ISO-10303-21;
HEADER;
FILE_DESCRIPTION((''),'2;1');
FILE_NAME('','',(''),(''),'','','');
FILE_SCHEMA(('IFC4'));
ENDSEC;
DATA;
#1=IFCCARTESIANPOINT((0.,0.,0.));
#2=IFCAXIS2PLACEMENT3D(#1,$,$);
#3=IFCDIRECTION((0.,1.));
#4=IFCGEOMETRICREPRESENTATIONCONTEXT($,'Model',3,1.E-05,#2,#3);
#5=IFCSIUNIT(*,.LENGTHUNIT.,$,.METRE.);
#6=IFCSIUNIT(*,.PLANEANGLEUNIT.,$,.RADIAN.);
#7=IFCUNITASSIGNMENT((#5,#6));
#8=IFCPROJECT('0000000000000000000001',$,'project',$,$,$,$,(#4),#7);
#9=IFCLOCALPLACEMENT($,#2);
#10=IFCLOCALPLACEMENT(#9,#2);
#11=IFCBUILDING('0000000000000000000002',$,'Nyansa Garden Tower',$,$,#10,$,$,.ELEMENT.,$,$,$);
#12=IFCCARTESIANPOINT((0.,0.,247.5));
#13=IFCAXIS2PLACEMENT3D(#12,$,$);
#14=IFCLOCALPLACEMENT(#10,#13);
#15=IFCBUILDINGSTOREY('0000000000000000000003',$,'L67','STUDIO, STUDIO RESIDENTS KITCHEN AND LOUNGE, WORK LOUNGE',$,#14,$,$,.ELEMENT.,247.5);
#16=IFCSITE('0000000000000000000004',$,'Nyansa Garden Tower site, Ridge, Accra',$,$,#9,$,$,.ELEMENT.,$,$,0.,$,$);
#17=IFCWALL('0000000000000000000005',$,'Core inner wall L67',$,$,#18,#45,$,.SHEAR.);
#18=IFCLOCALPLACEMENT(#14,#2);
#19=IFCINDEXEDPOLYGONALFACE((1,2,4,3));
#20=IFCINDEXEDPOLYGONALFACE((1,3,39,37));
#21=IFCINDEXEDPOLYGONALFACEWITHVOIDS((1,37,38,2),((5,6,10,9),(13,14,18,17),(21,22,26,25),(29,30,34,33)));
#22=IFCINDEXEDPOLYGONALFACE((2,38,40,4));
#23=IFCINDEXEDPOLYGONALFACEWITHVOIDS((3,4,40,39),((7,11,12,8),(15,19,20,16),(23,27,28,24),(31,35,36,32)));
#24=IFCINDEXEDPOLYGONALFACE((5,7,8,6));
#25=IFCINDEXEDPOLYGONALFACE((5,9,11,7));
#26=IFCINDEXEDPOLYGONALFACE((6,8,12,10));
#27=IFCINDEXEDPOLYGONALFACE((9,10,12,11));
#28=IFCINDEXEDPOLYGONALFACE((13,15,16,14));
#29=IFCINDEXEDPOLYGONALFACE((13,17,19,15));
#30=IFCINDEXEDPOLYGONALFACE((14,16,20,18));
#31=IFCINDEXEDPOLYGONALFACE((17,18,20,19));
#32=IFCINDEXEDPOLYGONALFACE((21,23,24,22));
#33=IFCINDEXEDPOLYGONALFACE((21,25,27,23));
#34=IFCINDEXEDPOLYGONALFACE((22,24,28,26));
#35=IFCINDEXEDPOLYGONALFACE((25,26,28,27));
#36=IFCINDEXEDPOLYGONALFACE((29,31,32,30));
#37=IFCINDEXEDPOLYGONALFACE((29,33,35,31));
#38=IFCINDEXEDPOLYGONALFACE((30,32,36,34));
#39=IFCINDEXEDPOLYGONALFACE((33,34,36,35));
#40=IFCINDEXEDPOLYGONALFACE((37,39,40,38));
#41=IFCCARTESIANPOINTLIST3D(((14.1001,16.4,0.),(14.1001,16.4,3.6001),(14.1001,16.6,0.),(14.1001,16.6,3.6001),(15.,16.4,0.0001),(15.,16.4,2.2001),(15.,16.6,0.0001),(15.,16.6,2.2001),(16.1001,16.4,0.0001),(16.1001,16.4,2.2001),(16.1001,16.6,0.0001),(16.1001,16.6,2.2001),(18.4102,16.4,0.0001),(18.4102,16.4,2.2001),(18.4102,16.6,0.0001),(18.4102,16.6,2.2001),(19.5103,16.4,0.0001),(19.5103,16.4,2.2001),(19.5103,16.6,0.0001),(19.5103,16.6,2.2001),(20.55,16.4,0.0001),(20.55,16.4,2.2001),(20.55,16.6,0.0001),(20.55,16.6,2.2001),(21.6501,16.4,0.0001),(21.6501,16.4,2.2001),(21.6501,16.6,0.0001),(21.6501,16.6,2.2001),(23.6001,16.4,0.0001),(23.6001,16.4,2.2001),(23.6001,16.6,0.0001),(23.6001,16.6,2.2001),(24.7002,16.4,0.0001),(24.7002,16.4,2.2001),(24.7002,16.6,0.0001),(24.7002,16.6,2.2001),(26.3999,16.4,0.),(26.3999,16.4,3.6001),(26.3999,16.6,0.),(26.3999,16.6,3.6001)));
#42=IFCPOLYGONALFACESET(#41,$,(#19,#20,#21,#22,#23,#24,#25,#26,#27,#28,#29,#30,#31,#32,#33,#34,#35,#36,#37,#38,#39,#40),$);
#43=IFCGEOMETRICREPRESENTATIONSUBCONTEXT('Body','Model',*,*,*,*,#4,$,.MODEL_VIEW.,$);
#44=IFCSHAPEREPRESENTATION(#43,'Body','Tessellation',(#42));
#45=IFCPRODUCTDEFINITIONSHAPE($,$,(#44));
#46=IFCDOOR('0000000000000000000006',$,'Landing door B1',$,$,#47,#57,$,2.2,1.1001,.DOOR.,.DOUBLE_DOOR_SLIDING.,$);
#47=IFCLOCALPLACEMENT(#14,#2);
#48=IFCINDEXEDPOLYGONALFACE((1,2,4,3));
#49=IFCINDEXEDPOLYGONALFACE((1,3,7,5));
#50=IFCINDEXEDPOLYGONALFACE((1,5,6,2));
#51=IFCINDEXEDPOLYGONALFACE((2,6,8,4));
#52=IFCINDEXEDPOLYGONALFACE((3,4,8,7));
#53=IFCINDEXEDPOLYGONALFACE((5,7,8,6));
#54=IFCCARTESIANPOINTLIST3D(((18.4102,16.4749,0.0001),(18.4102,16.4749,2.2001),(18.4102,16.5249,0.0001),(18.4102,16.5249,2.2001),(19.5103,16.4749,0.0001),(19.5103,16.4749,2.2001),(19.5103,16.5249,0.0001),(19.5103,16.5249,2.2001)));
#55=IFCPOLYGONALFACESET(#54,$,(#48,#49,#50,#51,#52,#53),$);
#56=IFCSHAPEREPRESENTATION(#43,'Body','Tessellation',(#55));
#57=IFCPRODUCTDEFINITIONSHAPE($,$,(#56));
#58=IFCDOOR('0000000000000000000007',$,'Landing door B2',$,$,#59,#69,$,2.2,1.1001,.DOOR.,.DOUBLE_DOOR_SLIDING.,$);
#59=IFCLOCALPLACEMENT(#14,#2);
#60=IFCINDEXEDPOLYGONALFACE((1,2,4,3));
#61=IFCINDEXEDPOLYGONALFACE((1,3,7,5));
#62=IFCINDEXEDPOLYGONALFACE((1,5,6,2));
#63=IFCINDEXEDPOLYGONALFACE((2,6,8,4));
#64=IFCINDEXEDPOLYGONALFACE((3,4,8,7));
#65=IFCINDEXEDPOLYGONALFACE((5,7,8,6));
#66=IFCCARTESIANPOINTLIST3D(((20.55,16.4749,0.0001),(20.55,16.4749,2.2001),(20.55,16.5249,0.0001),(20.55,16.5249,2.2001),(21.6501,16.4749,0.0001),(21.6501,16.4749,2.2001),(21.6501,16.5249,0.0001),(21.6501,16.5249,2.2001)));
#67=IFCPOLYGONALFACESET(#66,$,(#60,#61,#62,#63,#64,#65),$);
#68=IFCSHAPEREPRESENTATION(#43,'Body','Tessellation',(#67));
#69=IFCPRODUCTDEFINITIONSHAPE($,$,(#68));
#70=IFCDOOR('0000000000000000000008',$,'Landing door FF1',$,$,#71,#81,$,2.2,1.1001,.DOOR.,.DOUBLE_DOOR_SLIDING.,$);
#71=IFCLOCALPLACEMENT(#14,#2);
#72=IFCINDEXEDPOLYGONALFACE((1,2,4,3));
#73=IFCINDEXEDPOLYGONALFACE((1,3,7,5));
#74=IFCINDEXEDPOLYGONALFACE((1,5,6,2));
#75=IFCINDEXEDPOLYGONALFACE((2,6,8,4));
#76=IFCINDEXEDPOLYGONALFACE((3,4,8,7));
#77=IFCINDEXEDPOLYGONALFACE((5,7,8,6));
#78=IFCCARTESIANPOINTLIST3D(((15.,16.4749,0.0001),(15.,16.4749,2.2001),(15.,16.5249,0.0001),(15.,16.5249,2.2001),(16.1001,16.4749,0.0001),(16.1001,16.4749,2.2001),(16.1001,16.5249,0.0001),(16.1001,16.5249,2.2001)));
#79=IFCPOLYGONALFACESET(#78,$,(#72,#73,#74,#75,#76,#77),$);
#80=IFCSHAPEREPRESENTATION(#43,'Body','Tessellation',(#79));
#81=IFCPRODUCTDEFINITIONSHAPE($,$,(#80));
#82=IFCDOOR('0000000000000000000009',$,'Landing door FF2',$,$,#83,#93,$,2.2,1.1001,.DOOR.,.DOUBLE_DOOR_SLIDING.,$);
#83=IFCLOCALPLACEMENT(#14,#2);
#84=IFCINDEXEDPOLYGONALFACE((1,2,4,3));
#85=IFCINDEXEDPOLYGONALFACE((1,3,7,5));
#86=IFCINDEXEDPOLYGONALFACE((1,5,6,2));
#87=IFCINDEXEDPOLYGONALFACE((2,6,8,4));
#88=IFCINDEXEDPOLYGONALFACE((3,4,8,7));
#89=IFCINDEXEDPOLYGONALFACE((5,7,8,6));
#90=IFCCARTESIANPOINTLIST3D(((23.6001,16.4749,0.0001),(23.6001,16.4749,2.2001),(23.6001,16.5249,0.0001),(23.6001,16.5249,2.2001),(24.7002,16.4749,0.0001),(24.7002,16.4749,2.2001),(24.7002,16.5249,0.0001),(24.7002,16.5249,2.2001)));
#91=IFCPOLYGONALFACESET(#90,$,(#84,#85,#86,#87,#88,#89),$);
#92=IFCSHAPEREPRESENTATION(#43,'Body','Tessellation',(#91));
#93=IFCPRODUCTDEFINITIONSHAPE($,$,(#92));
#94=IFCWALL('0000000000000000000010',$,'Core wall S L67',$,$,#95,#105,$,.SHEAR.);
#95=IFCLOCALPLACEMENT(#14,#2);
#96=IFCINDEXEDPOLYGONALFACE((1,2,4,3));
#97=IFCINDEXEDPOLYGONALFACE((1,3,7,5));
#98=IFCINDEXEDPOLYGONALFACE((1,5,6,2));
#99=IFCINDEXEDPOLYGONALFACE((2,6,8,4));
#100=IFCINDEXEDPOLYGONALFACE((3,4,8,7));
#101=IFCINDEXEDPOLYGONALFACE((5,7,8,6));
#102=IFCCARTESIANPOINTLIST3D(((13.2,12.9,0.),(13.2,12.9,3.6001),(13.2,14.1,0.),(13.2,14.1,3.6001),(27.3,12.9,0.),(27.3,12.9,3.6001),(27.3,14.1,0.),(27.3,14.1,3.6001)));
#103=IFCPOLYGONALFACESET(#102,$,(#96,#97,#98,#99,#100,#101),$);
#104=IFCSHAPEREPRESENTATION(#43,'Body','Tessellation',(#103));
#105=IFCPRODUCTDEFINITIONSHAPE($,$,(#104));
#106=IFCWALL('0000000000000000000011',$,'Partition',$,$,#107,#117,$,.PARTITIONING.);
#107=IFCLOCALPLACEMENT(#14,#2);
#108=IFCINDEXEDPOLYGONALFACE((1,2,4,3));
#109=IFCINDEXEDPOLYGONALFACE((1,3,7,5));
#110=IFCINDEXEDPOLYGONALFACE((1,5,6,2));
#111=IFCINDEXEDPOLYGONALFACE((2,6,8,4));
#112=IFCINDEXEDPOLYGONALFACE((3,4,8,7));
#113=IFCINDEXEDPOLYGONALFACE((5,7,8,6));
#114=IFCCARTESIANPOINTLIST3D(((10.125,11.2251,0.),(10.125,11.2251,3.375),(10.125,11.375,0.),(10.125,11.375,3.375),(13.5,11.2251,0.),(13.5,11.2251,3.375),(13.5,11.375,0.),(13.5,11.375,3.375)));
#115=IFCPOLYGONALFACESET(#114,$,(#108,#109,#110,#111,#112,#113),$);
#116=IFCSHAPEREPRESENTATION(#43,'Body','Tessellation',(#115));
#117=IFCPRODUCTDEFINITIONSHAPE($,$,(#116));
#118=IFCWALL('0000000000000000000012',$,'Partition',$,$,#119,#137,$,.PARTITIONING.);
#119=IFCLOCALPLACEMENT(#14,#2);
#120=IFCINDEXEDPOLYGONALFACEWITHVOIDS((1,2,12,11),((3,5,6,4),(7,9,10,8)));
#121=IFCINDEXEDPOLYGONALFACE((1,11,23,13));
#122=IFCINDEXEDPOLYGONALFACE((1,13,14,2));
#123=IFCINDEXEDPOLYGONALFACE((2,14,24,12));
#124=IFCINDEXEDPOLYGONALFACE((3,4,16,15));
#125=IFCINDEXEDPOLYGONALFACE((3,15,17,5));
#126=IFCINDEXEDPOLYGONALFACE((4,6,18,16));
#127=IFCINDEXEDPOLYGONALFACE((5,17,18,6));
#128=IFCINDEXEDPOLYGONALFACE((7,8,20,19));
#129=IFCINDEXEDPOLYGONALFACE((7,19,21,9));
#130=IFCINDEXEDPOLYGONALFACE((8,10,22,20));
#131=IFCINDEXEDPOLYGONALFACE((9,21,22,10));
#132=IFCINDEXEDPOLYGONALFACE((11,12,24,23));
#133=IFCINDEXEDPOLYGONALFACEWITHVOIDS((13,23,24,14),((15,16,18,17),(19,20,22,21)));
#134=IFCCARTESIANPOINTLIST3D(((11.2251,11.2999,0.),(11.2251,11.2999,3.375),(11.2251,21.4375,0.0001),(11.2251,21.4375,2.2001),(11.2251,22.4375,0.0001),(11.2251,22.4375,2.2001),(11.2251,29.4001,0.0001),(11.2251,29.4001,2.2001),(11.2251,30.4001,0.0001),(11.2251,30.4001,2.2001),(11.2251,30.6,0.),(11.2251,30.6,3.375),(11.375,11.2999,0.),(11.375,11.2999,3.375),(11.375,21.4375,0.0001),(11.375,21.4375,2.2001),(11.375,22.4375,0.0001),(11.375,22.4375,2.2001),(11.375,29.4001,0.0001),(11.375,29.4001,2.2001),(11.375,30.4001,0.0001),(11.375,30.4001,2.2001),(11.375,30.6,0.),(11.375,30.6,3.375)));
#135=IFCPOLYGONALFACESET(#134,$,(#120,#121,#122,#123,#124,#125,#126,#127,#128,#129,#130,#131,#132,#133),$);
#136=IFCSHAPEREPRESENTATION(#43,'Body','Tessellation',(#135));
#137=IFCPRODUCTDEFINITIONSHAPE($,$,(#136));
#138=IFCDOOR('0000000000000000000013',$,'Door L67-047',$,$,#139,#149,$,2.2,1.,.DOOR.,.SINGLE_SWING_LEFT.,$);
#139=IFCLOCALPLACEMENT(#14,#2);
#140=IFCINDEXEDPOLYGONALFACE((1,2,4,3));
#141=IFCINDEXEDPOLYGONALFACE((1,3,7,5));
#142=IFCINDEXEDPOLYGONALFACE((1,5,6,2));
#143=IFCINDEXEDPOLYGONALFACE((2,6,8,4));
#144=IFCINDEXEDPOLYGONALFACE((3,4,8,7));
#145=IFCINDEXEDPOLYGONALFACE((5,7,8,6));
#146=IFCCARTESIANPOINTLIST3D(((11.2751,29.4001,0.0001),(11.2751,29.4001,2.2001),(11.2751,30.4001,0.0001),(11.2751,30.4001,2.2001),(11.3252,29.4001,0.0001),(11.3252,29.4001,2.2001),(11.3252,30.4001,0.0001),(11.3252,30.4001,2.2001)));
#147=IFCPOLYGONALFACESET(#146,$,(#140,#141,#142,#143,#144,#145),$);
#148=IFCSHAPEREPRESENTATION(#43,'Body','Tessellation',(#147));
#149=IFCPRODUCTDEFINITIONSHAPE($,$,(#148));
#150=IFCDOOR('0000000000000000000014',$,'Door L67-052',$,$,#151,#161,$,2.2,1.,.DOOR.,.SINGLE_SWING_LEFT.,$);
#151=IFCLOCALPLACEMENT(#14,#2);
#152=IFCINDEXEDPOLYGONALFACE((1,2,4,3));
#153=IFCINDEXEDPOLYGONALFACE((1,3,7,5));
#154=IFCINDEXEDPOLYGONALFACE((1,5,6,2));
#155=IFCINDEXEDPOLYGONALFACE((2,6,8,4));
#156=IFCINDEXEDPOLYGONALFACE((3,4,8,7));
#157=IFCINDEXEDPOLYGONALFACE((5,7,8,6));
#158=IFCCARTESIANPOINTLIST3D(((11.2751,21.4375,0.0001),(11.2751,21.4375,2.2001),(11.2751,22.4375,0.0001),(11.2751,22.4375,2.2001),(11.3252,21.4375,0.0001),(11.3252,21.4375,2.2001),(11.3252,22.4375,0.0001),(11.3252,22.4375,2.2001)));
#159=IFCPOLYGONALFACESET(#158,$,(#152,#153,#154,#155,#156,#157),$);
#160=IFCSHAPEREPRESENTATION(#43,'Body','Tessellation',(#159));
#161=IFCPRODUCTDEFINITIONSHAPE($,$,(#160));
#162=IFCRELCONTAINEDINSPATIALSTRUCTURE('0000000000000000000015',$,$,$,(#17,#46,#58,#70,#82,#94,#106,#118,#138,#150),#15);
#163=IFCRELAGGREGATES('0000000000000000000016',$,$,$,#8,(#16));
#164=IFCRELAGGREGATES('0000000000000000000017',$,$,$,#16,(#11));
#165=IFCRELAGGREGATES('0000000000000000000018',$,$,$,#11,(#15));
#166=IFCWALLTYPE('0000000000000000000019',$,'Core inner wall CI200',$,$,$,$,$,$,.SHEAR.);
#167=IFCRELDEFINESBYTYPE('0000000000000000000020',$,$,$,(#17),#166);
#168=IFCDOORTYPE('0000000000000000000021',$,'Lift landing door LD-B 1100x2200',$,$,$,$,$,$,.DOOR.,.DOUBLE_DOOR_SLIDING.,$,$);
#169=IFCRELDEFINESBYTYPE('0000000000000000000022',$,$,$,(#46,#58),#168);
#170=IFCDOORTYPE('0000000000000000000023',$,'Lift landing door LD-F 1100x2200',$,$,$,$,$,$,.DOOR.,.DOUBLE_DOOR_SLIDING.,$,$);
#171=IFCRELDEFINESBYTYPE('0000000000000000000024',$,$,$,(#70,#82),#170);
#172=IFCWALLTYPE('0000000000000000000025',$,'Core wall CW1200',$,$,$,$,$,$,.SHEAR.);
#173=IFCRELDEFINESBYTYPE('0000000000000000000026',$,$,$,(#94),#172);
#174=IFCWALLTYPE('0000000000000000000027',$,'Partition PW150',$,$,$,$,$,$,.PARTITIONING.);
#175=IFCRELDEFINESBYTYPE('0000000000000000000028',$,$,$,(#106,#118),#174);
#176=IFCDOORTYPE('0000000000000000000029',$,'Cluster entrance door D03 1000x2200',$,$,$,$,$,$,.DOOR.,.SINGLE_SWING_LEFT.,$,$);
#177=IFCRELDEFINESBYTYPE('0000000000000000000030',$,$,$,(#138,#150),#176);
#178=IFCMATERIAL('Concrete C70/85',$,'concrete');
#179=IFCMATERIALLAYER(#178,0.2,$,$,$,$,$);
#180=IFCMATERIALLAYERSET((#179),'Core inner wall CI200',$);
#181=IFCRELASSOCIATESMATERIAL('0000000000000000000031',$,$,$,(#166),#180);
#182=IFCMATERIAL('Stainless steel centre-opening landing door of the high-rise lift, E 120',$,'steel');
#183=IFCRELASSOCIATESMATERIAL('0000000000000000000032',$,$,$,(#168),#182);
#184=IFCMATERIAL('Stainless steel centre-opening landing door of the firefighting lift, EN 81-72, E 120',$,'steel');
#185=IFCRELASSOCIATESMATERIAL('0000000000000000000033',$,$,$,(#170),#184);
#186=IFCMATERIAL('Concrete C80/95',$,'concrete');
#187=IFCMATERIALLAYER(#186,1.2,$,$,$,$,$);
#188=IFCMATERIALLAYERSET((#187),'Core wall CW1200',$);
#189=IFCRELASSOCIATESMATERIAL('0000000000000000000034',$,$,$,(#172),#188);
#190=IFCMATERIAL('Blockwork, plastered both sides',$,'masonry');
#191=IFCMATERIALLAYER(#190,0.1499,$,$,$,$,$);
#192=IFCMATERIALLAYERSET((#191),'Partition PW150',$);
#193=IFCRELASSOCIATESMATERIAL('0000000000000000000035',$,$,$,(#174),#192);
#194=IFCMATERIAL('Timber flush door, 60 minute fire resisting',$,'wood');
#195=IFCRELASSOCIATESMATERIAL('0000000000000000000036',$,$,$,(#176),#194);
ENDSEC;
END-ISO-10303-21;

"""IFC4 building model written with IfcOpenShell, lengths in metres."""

from ifc_helpers import new_model, si_unit, direction, frame, frame_2d, origin, place, context, subcontext, project, spatial, rectangle, extrude, material, layer, layer_set, type_object, element, fill, save


model = new_model("IFC4")

# Units and contexts
model_context = context("Model", 3, precision=1e-05, world=origin(), true_north=direction((0.0, 1.0)))
body_context = subcontext(model_context, "Body", "Model", "MODEL_VIEW")
ifc_project = project(units=[si_unit("LENGTHUNIT", "METRE"), si_unit("PLANEANGLEUNIT", "RADIAN")], contexts=[model_context])

# Site, building, storey
site_placement = place(None, origin())
site = spatial("IfcSite", under=ifc_project, at=site_placement, Name="Nyansa Garden Tower site, Ridge, Accra", CompositionType="ELEMENT", RefElevation=0.0)
building_placement = place(site_placement, origin())
building = spatial("IfcBuilding", under=site, at=building_placement, Name="Nyansa Garden Tower", CompositionType="ELEMENT")
storey_placement = place(building_placement, frame((0.0, 0.0, 247.5)))
storey = spatial("IfcBuildingStorey", under=building, at=storey_placement, Name="L67", Description="STUDIO, STUDIO RESIDENTS KITCHEN AND LOUNGE, WORK LOUNGE", CompositionType="ELEMENT", Elevation=247.5)

# Wall, openings, doors
ifc_material_1 = material(Name="Concrete C70/85", Category="concrete")
ifc_layer_1 = layer(ifc_material_1, 0.2)
ifc_layer_set_1 = layer_set([ifc_layer_1], Name="Core inner wall CI200")
wall_type_1 = type_object("IfcWallType", Name="Core inner wall CI200", PredefinedType="SHEAR", material=ifc_layer_set_1)
wall_1_placement = place(storey_placement, frame((14.1001, 16.5, 0.0), z_axis=(0.0, 0.0, 1.0), x_axis=(1.0, 0.0, 0.0)))
wall_1 = element("IfcWall", 1, at=wall_1_placement, inside=storey, type_object=wall_type_1, Name="Core inner wall L67", PredefinedType="SHEAR", context=body_context, shape_type="SweptSolid", body=[
    extrude(rectangle(XDim=12.2998, YDim=0.2, at=frame_2d((6.1499, 0.0))), origin(), (0.0, 0.0, 1.0), 3.6001),
])
opening_1_placement = place(wall_1_placement, frame((0.8999, 0.0, 0.0)))
opening_1 = element("IfcOpeningElement", 2, at=opening_1_placement, cuts=wall_1, PredefinedType="OPENING", context=body_context, shape_type="SweptSolid", body=[
    extrude(rectangle(XDim=1.1001, YDim=2.2, at=frame_2d((0.55, 1.1001))), frame((0.0, 0.1099, 0.0), z_axis=(0.0, -1.0, 0.0), x_axis=(1.0, 0.0, 0.0)), (0.0, 0.0, 1.0), 0.22),
])
opening_2_placement = place(wall_1_placement, frame((4.3101, 0.0, 0.0)))
opening_2 = element("IfcOpeningElement", 3, at=opening_2_placement, cuts=wall_1, PredefinedType="OPENING", context=body_context, shape_type="SweptSolid", body=[
    extrude(rectangle(XDim=1.1001, YDim=2.2, at=frame_2d((0.55, 1.1001))), frame((0.0, 0.1099, 0.0), z_axis=(0.0, -1.0, 0.0), x_axis=(1.0, 0.0, 0.0)), (0.0, 0.0, 1.0), 0.22),
])
opening_3_placement = place(wall_1_placement, frame((6.45, 0.0, 0.0)))
opening_3 = element("IfcOpeningElement", 4, at=opening_3_placement, cuts=wall_1, PredefinedType="OPENING", context=body_context, shape_type="SweptSolid", body=[
    extrude(rectangle(XDim=1.1001, YDim=2.2, at=frame_2d((0.55, 1.1001))), frame((0.0, 0.1099, 0.0), z_axis=(0.0, -1.0, 0.0), x_axis=(1.0, 0.0, 0.0)), (0.0, 0.0, 1.0), 0.22),
])
opening_4_placement = place(wall_1_placement, frame((9.5, 0.0, 0.0)))
opening_4 = element("IfcOpeningElement", 5, at=opening_4_placement, cuts=wall_1, PredefinedType="OPENING", context=body_context, shape_type="SweptSolid", body=[
    extrude(rectangle(XDim=1.1001, YDim=2.2, at=frame_2d((0.55, 1.1001))), frame((0.0, 0.1099, 0.0), z_axis=(0.0, -1.0, 0.0), x_axis=(1.0, 0.0, 0.0)), (0.0, 0.0, 1.0), 0.22),
])
ifc_material_2 = material(Name="Stainless steel centre-opening landing door of the high-rise lift, E 120", Category="steel")
door_type_1 = type_object("IfcDoorType", Name="Lift landing door LD-B 1100x2200", OperationType="DOUBLE_DOOR_SLIDING", PredefinedType="DOOR", material=ifc_material_2)
door_1_placement = place(opening_2_placement, origin())
door_1 = element("IfcDoor", 6, at=door_1_placement, inside=storey, type_object=door_type_1, Name="Landing door B1", OperationType="DOUBLE_DOOR_SLIDING", OverallHeight=2.2, OverallWidth=1.1001, PredefinedType="DOOR", context=body_context, shape_type="SweptSolid", body=[
    extrude(rectangle(XDim=1.1001, YDim=2.2, at=frame_2d((0.55, 1.1001))), frame((0.0, 0.0249, 0.0), z_axis=(0.0, -1.0, 0.0), x_axis=(1.0, 0.0, 0.0)), (0.0, 0.0, 1.0), 0.05),
])
fill(opening_2, door_1)
door_2_placement = place(opening_3_placement, origin())
door_2 = element("IfcDoor", 7, at=door_2_placement, inside=storey, type_object=door_type_1, Name="Landing door B2", OperationType="DOUBLE_DOOR_SLIDING", OverallHeight=2.2, OverallWidth=1.1001, PredefinedType="DOOR", context=body_context, shape_type="SweptSolid", body=[
    extrude(rectangle(XDim=1.1001, YDim=2.2, at=frame_2d((0.55, 1.1001))), frame((0.0, 0.0249, 0.0), z_axis=(0.0, -1.0, 0.0), x_axis=(1.0, 0.0, 0.0)), (0.0, 0.0, 1.0), 0.05),
])
fill(opening_3, door_2)
ifc_material_3 = material(Name="Stainless steel centre-opening landing door of the firefighting lift, EN 81-72, E 120", Category="steel")
door_type_2 = type_object("IfcDoorType", Name="Lift landing door LD-F 1100x2200", OperationType="DOUBLE_DOOR_SLIDING", PredefinedType="DOOR", material=ifc_material_3)
door_3_placement = place(opening_1_placement, origin())
door_3 = element("IfcDoor", 8, at=door_3_placement, inside=storey, type_object=door_type_2, Name="Landing door FF1", OperationType="DOUBLE_DOOR_SLIDING", OverallHeight=2.2, OverallWidth=1.1001, PredefinedType="DOOR", context=body_context, shape_type="SweptSolid", body=[
    extrude(rectangle(XDim=1.1001, YDim=2.2, at=frame_2d((0.55, 1.1001))), frame((0.0, 0.0249, 0.0), z_axis=(0.0, -1.0, 0.0), x_axis=(1.0, 0.0, 0.0)), (0.0, 0.0, 1.0), 0.05),
])
fill(opening_1, door_3)
door_4_placement = place(opening_4_placement, origin())
door_4 = element("IfcDoor", 9, at=door_4_placement, inside=storey, type_object=door_type_2, Name="Landing door FF2", OperationType="DOUBLE_DOOR_SLIDING", OverallHeight=2.2, OverallWidth=1.1001, PredefinedType="DOOR", context=body_context, shape_type="SweptSolid", body=[
    extrude(rectangle(XDim=1.1001, YDim=2.2, at=frame_2d((0.55, 1.1001))), frame((0.0, 0.0249, 0.0), z_axis=(0.0, -1.0, 0.0), x_axis=(1.0, 0.0, 0.0)), (0.0, 0.0, 1.0), 0.05),
])
fill(opening_4, door_4)

# Walls
ifc_material_4 = material(Name="Concrete C80/95", Category="concrete")
ifc_layer_2 = layer(ifc_material_4, 1.2)
ifc_layer_set_2 = layer_set([ifc_layer_2], Name="Core wall CW1200")
wall_type_2 = type_object("IfcWallType", Name="Core wall CW1200", PredefinedType="SHEAR", material=ifc_layer_set_2)
wall_2_placement = place(storey_placement, frame((13.2, 13.5, 0.0), z_axis=(0.0, 0.0, 1.0), x_axis=(1.0, 0.0, 0.0)))
element("IfcWall", 10, at=wall_2_placement, inside=storey, type_object=wall_type_2, Name="Core wall S L67", PredefinedType="SHEAR", context=body_context, shape_type="SweptSolid", body=[
    extrude(rectangle(XDim=14.1001, YDim=1.2, at=frame_2d((7.05, 0.0))), origin(), (0.0, 0.0, 1.0), 3.6001),
])
ifc_material_5 = material(Name="Blockwork, plastered both sides", Category="masonry")
ifc_layer_3 = layer(ifc_material_5, 0.1499)
ifc_layer_set_3 = layer_set([ifc_layer_3], Name="Partition PW150")
wall_type_3 = type_object("IfcWallType", Name="Partition PW150", PredefinedType="PARTITIONING", material=ifc_layer_set_3)
wall_3_placement = place(storey_placement, frame((10.125, 11.3, 0.0), z_axis=(0.0, 0.0, 1.0), x_axis=(1.0, 0.0, 0.0)))
element("IfcWall", 11, at=wall_3_placement, inside=storey, type_object=wall_type_3, Name="Partition", PredefinedType="PARTITIONING", context=body_context, shape_type="SweptSolid", body=[
    extrude(rectangle(XDim=3.375, YDim=0.1499, at=frame_2d((1.6875, 0.0))), origin(), (0.0, 0.0, 1.0), 3.375),
])

# Wall, openings, doors
wall_4_placement = place(storey_placement, frame((11.3, 11.3, 0.0), z_axis=(0.0, 0.0, 1.0), x_axis=(0.0, 1.0, 0.0)))
wall_4 = element("IfcWall", 12, at=wall_4_placement, inside=storey, type_object=wall_type_3, Name="Partition", PredefinedType="PARTITIONING", context=body_context, shape_type="SweptSolid", body=[
    extrude(rectangle(XDim=19.3, YDim=0.1499, at=frame_2d((9.6499, 0.0))), origin(), (0.0, 0.0, 1.0), 3.375),
])
opening_5_placement = place(wall_4_placement, frame((18.1001, 0.0, 0.0)))
opening_5 = element("IfcOpeningElement", 13, at=opening_5_placement, cuts=wall_4, PredefinedType="OPENING", context=body_context, shape_type="SweptSolid", body=[
    extrude(rectangle(XDim=1.0, YDim=2.2, at=frame_2d((0.5, 1.1001))), frame((0.0, 0.085, 0.0), z_axis=(0.0, -1.0, 0.0), x_axis=(1.0, 0.0, 0.0)), (0.0, 0.0, 1.0), 0.1699),
])
opening_6_placement = place(wall_4_placement, frame((10.1375, 0.0, 0.0)))
opening_6 = element("IfcOpeningElement", 14, at=opening_6_placement, cuts=wall_4, PredefinedType="OPENING", context=body_context, shape_type="SweptSolid", body=[
    extrude(rectangle(XDim=1.0, YDim=2.2, at=frame_2d((0.5, 1.1001))), frame((0.0, 0.085, 0.0), z_axis=(0.0, -1.0, 0.0), x_axis=(1.0, 0.0, 0.0)), (0.0, 0.0, 1.0), 0.1699),
])
ifc_material_6 = material(Name="Timber flush door, 60 minute fire resisting", Category="wood")
door_type_3 = type_object("IfcDoorType", Name="Cluster entrance door D03 1000x2200", OperationType="SINGLE_SWING_LEFT", PredefinedType="DOOR", material=ifc_material_6)
door_5_placement = place(opening_5_placement, origin())
door_5 = element("IfcDoor", 15, at=door_5_placement, inside=storey, type_object=door_type_3, Name="Door L67-047", OperationType="SINGLE_SWING_LEFT", OverallHeight=2.2, OverallWidth=1.0, PredefinedType="DOOR", context=body_context, shape_type="SweptSolid", body=[
    extrude(rectangle(XDim=1.0, YDim=2.2, at=frame_2d((0.5, 1.1001))), frame((0.0, 0.0249, 0.0), z_axis=(0.0, -1.0, 0.0), x_axis=(1.0, 0.0, 0.0)), (0.0, 0.0, 1.0), 0.05),
])
fill(opening_5, door_5)
door_6_placement = place(opening_6_placement, origin())
door_6 = element("IfcDoor", 16, at=door_6_placement, inside=storey, type_object=door_type_3, Name="Door L67-052", OperationType="SINGLE_SWING_LEFT", OverallHeight=2.2, OverallWidth=1.0, PredefinedType="DOOR", context=body_context, shape_type="SweptSolid", body=[
    extrude(rectangle(XDim=1.0, YDim=2.2, at=frame_2d((0.5, 1.1001))), frame((0.0, 0.0249, 0.0), z_axis=(0.0, -1.0, 0.0), x_axis=(1.0, 0.0, 0.0)), (0.0, 0.0, 1.0), 0.05),
])
fill(opening_6, door_6)

save(model, "model.ifc")
